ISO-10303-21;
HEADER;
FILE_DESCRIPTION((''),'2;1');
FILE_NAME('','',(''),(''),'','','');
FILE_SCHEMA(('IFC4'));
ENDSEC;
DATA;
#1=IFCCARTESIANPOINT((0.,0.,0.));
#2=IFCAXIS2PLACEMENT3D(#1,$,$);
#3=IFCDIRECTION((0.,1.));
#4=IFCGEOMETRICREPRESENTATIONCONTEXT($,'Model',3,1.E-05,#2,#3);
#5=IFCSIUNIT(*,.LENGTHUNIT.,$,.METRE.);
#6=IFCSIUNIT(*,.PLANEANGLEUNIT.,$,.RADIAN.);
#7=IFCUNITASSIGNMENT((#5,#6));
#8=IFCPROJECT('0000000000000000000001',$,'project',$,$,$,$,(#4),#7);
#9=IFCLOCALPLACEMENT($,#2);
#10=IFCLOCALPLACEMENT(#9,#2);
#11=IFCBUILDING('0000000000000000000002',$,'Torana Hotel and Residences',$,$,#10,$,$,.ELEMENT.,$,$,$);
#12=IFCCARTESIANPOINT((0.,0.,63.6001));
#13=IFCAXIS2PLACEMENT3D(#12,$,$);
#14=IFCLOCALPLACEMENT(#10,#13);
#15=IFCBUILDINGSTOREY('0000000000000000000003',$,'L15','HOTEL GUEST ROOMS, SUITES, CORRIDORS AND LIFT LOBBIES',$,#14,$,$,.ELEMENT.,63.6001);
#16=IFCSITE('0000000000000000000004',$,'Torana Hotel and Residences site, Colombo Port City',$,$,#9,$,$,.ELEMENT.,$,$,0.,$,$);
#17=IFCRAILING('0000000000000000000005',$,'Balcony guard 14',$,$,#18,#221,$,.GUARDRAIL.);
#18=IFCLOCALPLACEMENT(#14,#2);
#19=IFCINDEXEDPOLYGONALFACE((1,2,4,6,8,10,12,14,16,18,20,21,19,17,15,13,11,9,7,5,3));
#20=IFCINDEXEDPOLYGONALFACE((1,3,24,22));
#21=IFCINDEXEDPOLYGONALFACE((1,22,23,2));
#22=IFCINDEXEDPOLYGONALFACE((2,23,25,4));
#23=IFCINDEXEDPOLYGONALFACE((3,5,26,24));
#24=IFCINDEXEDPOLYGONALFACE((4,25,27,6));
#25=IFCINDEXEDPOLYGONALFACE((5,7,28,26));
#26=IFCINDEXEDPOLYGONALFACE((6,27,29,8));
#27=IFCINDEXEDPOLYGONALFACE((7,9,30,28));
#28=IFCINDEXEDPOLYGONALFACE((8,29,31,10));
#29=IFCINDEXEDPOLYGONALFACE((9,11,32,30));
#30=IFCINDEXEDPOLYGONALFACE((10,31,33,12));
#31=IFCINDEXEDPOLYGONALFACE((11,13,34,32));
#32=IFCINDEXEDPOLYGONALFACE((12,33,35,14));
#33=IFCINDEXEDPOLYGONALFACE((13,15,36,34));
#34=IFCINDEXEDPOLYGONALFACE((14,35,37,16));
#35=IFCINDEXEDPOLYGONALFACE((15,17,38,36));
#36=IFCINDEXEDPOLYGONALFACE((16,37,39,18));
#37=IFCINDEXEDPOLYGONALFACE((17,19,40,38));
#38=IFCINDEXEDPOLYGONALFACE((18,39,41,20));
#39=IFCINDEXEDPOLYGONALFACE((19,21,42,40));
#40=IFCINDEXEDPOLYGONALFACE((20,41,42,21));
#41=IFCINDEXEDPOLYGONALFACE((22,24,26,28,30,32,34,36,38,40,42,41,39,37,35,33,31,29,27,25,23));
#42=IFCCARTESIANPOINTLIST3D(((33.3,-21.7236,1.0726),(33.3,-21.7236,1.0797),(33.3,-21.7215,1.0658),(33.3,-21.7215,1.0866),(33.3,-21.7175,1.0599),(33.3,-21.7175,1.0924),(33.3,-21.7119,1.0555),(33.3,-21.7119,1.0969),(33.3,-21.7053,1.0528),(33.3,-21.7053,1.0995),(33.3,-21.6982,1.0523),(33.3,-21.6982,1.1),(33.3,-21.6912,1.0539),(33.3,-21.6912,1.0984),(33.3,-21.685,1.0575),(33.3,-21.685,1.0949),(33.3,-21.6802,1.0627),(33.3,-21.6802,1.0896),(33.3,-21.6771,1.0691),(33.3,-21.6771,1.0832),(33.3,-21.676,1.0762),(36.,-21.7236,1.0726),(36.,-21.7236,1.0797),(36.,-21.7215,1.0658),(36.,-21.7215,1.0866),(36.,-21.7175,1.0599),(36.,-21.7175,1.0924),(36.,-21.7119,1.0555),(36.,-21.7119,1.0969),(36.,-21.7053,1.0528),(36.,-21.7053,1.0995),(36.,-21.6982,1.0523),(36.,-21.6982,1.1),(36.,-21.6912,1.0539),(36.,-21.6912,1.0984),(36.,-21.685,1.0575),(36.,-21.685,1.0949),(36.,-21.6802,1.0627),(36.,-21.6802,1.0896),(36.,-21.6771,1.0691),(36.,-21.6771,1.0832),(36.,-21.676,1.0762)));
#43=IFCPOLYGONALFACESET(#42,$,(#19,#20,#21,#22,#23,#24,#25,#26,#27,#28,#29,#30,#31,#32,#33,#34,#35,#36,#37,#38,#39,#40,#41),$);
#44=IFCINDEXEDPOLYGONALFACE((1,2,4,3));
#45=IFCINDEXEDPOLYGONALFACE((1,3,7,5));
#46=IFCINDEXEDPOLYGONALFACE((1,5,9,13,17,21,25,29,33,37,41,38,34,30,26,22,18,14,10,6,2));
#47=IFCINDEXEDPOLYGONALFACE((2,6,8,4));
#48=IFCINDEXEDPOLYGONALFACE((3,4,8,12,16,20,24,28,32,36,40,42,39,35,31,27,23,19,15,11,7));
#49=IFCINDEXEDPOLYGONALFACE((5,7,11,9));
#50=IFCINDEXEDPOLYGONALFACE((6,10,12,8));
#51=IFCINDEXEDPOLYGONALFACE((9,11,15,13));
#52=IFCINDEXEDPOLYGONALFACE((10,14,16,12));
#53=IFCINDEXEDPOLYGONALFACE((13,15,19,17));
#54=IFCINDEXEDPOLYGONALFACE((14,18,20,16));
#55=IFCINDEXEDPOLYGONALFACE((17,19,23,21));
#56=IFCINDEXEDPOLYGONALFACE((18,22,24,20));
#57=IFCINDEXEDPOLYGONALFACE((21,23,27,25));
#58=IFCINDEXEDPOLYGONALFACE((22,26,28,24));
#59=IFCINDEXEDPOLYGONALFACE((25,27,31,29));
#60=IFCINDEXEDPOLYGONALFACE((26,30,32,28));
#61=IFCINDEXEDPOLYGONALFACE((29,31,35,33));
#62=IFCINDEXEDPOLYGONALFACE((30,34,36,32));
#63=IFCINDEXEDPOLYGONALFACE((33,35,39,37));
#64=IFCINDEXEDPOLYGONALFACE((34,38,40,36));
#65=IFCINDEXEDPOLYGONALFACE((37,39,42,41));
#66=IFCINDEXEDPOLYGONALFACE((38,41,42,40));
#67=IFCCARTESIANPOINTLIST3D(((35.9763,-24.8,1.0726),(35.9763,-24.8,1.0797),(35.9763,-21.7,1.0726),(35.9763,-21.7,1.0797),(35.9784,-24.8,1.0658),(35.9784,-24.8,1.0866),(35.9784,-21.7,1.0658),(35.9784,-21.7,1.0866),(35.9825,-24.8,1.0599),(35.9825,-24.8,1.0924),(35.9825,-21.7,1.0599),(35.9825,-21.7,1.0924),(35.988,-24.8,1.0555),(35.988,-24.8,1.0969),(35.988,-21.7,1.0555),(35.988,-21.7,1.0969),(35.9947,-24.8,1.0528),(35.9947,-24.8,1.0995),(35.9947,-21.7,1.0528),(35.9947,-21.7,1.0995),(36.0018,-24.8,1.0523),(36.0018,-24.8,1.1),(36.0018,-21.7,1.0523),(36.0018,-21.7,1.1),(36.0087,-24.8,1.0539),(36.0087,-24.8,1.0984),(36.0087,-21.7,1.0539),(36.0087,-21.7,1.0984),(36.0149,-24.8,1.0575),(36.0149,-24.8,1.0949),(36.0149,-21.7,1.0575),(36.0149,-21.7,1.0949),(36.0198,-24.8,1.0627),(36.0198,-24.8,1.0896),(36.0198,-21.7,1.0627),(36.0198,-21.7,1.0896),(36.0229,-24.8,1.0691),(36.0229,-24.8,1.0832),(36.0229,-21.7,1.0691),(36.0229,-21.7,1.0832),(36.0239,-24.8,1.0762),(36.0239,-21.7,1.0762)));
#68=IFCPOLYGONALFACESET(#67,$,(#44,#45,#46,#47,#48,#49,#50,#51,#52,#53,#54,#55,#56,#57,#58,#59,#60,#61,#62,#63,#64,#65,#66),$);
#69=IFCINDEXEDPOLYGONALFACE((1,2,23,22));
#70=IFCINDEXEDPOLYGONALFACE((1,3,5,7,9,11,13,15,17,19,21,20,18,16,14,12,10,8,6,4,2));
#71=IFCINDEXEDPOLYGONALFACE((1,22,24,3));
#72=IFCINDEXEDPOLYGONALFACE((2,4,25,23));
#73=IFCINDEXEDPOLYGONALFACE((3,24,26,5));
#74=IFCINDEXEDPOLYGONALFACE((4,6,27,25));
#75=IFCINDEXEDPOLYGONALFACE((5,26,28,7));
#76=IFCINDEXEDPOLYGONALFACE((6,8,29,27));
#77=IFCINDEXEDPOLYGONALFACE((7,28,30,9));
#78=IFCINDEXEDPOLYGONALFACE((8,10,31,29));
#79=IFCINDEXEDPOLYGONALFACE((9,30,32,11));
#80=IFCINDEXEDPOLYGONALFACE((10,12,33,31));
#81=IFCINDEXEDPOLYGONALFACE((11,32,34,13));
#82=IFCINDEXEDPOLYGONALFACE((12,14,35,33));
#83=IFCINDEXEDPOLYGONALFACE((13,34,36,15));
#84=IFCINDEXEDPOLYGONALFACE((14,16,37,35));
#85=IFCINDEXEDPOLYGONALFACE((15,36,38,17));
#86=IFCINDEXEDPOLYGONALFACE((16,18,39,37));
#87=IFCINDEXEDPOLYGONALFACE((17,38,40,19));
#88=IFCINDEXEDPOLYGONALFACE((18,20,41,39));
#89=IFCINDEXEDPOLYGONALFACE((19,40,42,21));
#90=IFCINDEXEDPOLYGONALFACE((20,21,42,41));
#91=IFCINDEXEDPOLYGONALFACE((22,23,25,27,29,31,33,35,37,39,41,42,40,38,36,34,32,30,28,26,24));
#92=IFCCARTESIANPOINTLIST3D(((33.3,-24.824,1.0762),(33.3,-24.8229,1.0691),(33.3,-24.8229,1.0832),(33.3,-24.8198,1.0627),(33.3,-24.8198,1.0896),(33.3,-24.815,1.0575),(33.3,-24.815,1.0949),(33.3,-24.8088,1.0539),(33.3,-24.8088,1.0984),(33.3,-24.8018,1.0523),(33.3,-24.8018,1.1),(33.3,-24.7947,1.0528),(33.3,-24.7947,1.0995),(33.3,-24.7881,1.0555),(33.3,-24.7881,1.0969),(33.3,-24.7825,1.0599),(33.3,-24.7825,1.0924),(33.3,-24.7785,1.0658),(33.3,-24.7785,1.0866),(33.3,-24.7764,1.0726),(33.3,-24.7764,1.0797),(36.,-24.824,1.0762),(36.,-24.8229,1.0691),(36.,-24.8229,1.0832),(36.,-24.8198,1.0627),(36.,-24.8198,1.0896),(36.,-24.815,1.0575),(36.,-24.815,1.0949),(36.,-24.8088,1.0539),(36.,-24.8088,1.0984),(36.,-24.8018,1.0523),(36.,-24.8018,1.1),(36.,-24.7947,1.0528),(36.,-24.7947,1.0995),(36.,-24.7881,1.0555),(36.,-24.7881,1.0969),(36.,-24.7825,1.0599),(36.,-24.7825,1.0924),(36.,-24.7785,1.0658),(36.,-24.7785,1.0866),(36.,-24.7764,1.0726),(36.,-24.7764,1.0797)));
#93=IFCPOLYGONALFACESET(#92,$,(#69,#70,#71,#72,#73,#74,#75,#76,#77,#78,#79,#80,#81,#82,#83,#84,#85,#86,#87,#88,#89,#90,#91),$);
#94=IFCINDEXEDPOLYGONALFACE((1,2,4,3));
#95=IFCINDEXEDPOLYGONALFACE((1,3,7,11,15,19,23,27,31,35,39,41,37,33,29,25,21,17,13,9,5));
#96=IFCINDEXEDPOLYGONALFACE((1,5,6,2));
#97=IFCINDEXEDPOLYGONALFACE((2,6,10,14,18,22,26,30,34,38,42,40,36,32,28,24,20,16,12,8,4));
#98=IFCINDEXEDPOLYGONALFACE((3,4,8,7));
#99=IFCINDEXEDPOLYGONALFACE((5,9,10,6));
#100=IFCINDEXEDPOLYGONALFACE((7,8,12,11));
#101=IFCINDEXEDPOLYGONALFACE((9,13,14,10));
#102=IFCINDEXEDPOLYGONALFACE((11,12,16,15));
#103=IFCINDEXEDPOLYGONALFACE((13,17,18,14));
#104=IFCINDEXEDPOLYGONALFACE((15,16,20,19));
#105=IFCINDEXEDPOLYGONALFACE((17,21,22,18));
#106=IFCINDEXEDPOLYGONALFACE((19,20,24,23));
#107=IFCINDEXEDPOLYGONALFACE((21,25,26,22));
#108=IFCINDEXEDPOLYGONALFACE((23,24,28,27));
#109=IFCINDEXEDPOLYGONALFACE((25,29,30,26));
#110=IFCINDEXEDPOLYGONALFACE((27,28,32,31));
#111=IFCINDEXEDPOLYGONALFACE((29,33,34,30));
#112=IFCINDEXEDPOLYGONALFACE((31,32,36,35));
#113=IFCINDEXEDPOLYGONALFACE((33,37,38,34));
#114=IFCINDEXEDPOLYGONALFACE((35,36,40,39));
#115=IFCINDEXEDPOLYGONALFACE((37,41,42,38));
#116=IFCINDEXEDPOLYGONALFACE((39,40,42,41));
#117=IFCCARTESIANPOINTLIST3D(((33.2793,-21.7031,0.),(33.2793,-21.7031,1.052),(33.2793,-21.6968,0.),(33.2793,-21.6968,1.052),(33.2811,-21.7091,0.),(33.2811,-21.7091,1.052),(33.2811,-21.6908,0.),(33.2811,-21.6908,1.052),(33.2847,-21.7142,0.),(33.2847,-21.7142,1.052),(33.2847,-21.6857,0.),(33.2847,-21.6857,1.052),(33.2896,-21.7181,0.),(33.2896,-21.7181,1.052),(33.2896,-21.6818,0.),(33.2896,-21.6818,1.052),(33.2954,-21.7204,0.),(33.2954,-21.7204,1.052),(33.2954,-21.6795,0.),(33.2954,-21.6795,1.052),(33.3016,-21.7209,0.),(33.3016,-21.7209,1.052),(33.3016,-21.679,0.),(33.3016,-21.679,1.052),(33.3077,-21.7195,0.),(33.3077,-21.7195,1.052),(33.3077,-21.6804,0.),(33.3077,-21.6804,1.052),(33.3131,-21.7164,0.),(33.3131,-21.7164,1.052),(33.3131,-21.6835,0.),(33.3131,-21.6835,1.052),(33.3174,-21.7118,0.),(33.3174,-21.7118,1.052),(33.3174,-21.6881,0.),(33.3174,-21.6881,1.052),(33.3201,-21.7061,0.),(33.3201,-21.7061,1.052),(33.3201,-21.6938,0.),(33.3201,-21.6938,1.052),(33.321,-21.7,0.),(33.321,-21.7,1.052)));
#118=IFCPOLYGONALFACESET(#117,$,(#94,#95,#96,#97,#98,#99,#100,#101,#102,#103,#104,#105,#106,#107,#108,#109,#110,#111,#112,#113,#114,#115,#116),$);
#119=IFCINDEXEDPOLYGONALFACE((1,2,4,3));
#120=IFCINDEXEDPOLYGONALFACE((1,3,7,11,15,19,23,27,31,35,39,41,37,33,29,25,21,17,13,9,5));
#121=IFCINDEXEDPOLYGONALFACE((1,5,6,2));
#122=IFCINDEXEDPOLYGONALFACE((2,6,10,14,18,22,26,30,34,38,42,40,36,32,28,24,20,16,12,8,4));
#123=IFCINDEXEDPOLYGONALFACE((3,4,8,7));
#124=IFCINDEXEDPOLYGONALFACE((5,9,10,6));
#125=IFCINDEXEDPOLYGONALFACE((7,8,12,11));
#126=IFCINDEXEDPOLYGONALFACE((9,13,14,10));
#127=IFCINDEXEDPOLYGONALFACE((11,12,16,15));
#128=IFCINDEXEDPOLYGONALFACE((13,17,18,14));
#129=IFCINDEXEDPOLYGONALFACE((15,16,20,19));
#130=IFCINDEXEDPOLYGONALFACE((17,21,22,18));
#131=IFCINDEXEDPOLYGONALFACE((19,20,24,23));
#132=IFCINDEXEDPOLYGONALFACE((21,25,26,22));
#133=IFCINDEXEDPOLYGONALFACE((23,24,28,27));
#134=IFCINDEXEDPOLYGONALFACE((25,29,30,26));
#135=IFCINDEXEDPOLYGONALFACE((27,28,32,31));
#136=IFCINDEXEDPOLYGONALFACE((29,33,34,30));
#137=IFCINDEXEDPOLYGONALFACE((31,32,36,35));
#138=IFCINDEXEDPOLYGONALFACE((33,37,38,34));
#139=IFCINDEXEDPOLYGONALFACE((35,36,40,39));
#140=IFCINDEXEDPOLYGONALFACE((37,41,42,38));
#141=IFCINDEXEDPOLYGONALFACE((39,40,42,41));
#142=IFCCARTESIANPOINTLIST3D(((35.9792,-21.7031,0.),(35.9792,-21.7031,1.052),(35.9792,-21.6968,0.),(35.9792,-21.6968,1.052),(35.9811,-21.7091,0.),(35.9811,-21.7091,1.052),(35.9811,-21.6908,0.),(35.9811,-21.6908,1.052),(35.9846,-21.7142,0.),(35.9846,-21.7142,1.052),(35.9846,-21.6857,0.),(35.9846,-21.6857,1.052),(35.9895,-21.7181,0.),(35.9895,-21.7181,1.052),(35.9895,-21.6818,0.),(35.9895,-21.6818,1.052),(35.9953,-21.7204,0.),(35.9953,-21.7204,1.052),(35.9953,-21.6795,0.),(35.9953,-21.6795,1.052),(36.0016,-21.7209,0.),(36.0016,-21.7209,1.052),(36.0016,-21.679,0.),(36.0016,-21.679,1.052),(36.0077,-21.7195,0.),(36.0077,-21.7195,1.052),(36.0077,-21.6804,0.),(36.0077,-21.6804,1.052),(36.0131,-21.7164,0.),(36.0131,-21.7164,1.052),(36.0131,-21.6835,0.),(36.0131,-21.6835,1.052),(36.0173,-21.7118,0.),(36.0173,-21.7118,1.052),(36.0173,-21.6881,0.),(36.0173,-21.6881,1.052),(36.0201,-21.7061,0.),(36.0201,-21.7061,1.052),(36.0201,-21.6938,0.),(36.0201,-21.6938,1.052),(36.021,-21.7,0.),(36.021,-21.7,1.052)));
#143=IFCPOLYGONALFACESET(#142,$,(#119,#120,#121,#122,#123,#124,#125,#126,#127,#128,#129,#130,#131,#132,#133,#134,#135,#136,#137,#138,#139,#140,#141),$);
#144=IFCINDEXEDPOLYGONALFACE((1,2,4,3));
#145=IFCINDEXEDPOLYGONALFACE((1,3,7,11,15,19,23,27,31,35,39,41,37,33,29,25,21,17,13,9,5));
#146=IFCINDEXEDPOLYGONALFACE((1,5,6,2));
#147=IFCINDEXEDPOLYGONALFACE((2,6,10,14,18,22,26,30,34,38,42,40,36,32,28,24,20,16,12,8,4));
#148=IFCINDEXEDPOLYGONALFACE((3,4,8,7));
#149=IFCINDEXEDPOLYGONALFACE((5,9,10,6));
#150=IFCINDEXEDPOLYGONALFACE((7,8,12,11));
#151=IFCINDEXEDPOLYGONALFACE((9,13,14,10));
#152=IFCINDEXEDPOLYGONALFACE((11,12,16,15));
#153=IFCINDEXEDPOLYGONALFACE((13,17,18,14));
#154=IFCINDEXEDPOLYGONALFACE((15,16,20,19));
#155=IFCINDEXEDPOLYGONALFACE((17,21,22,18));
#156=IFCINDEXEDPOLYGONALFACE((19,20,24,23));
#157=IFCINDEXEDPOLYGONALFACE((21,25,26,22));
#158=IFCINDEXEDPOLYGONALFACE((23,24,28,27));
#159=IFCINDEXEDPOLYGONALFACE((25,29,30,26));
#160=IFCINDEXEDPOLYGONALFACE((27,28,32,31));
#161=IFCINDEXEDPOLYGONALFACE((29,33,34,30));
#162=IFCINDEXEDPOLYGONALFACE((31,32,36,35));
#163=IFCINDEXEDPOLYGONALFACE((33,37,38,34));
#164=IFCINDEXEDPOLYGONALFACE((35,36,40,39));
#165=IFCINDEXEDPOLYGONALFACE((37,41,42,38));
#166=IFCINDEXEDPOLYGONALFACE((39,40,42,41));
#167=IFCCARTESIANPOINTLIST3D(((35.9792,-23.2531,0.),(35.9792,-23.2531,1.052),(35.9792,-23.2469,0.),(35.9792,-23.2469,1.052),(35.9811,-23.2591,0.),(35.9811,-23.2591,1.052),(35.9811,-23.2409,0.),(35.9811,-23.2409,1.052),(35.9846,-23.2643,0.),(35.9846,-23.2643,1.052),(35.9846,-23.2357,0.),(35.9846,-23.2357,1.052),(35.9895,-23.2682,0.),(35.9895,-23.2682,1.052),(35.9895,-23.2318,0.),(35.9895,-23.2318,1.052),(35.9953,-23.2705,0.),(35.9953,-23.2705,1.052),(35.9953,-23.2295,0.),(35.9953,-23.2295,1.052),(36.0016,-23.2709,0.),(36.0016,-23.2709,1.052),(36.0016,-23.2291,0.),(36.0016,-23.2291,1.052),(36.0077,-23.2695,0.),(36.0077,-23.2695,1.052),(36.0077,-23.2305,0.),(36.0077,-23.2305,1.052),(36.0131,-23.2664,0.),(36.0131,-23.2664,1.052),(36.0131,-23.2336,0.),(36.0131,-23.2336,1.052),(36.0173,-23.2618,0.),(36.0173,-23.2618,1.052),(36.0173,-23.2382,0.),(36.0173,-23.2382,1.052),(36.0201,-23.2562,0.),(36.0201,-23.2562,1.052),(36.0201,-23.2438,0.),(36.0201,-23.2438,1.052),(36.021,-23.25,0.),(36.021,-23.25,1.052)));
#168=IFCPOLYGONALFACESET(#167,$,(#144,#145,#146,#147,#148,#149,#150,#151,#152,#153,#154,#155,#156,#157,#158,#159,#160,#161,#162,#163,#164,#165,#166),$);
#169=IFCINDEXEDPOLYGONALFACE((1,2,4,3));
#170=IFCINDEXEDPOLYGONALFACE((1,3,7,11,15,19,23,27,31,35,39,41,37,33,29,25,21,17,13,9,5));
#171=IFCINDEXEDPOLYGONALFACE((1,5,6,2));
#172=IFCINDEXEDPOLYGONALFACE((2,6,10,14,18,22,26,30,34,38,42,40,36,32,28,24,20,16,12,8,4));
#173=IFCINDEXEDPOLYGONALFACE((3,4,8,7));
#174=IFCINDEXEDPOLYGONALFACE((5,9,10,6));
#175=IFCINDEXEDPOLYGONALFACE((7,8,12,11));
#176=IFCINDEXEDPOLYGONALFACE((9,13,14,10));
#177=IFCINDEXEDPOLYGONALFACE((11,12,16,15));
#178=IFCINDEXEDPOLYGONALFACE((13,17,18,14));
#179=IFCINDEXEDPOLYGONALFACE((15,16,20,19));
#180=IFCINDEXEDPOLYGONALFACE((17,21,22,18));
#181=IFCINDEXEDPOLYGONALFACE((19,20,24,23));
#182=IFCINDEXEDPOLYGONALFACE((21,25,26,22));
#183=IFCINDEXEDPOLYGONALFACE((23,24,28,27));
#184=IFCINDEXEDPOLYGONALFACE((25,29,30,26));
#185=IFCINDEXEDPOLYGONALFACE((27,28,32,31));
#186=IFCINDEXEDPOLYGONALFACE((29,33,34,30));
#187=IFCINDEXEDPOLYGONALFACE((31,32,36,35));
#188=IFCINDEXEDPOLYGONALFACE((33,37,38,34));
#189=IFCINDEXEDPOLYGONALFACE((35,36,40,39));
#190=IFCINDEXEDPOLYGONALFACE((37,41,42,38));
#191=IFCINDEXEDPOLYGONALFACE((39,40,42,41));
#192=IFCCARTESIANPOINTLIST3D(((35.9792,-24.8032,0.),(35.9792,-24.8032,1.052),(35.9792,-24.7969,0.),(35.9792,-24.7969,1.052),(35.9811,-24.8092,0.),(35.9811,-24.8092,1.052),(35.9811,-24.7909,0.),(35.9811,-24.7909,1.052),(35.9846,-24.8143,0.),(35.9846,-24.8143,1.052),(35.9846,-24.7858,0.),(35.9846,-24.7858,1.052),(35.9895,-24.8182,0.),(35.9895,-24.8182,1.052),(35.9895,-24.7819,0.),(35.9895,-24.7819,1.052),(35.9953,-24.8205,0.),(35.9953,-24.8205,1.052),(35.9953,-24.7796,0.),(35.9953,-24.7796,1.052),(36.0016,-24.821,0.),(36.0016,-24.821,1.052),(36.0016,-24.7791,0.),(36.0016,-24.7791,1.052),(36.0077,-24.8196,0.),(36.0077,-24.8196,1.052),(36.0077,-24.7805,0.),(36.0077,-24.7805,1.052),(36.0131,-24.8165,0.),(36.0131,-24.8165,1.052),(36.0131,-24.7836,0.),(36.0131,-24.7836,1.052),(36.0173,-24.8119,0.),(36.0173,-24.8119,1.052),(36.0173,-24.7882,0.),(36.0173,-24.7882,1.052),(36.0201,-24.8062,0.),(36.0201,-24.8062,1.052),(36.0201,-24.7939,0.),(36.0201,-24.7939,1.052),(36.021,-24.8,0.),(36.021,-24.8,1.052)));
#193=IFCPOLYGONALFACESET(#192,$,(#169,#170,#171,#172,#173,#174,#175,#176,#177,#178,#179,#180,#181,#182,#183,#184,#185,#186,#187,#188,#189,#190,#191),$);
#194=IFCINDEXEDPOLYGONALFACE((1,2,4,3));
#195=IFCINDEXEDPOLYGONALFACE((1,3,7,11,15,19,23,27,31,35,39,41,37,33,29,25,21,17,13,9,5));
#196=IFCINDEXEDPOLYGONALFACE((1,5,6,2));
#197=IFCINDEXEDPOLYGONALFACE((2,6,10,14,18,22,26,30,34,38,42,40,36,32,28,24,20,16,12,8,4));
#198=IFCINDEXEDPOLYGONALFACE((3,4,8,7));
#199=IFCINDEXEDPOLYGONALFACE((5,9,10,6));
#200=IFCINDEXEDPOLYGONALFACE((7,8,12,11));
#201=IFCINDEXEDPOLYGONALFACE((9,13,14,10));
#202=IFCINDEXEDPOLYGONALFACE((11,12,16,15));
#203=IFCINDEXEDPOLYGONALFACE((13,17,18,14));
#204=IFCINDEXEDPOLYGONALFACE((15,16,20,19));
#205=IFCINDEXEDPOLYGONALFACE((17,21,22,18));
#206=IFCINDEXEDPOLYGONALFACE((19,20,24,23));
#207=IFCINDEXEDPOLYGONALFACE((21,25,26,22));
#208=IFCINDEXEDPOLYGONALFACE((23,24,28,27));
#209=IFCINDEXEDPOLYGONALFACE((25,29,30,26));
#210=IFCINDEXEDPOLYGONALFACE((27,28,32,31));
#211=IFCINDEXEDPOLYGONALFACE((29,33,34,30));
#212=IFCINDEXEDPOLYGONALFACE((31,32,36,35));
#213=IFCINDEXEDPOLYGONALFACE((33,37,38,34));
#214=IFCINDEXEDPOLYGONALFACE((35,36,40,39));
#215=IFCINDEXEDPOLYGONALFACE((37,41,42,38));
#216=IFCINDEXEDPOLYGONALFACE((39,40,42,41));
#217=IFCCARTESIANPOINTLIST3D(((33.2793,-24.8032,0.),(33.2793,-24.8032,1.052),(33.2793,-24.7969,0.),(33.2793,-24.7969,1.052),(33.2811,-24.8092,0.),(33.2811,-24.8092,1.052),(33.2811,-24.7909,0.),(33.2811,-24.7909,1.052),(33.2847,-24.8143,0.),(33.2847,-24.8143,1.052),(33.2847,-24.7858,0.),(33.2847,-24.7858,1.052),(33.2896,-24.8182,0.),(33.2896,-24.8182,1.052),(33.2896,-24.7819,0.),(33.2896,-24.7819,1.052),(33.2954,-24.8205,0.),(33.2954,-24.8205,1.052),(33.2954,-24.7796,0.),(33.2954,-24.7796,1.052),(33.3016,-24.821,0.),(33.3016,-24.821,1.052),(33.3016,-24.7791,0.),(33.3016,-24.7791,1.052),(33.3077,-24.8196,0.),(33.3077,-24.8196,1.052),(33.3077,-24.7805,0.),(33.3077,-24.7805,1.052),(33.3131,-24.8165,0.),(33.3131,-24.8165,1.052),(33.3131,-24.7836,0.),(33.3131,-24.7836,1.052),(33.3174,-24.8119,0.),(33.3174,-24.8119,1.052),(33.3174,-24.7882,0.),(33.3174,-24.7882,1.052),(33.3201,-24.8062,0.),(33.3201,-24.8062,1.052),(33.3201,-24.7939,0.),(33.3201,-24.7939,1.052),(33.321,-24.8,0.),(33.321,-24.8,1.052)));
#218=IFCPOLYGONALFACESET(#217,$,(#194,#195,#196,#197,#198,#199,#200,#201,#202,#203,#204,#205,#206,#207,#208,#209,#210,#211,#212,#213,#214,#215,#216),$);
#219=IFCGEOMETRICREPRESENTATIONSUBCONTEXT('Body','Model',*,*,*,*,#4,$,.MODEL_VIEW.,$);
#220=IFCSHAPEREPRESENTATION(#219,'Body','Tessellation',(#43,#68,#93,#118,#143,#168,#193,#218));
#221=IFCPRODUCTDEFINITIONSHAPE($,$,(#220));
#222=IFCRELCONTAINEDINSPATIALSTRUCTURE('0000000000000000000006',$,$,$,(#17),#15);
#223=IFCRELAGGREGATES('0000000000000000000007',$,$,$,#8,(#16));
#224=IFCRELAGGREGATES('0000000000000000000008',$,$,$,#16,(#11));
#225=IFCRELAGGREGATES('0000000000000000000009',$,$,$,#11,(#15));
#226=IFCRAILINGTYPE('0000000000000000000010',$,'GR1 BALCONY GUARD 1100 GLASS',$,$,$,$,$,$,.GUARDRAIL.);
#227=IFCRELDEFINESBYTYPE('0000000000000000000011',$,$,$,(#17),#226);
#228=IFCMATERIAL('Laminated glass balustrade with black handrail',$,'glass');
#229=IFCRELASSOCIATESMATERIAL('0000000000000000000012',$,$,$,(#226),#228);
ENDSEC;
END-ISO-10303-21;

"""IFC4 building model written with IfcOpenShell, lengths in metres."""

from ifc_helpers import new_model, si_unit, direction, frame, origin, origin_2d, place, context, subcontext, project, spatial, circle, extrude, material, type_object, element, save


model = new_model("IFC4")

# Units and contexts
model_context = context("Model", 3, precision=1e-05, world=origin(), true_north=direction((0.0, 1.0)))
body_context = subcontext(model_context, "Body", "Model", "MODEL_VIEW")
ifc_project = project(units=[si_unit("LENGTHUNIT", "METRE"), si_unit("PLANEANGLEUNIT", "RADIAN")], contexts=[model_context])

# Site, building, storey
site_placement = place(None, origin())
site = spatial("IfcSite", under=ifc_project, at=site_placement, Name="Torana Hotel and Residences site, Colombo Port City", CompositionType="ELEMENT", RefElevation=0.0)
building_placement = place(site_placement, origin())
building = spatial("IfcBuilding", under=site, at=building_placement, Name="Torana Hotel and Residences", CompositionType="ELEMENT")
storey_placement = place(building_placement, frame((0.0, 0.0, 63.6001)))
storey = spatial("IfcBuildingStorey", under=building, at=storey_placement, Name="L15", Description="HOTEL GUEST ROOMS, SUITES, CORRIDORS AND LIFT LOBBIES", CompositionType="ELEMENT", Elevation=63.6001)

# Railing
ifc_material_1 = material(Name="Laminated glass balustrade with black handrail", Category="glass")
railing_type = type_object("IfcRailingType", Name="GR1 BALCONY GUARD 1100 GLASS", PredefinedType="GUARDRAIL", material=ifc_material_1)
railing_1_placement = place(storey_placement, frame((33.3, -21.7, 0.0)))
element("IfcRailing", 1, at=railing_1_placement, inside=storey, type_object=railing_type, Name="Balcony guard 14", PredefinedType="GUARDRAIL", context=body_context, shape_type="SweptSolid", body=[
    extrude(circle(Radius=0.0239, at=origin_2d()), frame((0.0, 0.0, 1.0762), z_axis=(1.0, 0.0, 0.0), x_axis=(0.0, 1.0, 0.0)), (0.0, 0.0, 1.0), 2.7),
    extrude(circle(Radius=0.0239, at=origin_2d()), frame((2.7, 0.0, 1.0762), z_axis=(0.0, -1.0, 0.0), x_axis=(1.0, 0.0, 0.0)), (0.0, 0.0, 1.0), 3.1001),
    extrude(circle(Radius=0.0239, at=origin_2d()), frame((2.7, -3.1001, 1.0762), z_axis=(-1.0, 0.0, 0.0), x_axis=(0.0, -1.0, 0.0)), (0.0, 0.0, 1.0), 2.7),
    extrude(circle(Radius=0.021, at=origin_2d()), origin(), (0.0, 0.0, 1.0), 1.052),
    extrude(circle(Radius=0.021, at=origin_2d()), frame((2.7, 0.0, 0.0)), (0.0, 0.0, 1.0), 1.052),
    extrude(circle(Radius=0.021, at=origin_2d()), frame((2.7, -1.55, 0.0)), (0.0, 0.0, 1.0), 1.052),
    extrude(circle(Radius=0.021, at=origin_2d()), frame((2.7, -3.1001, 0.0)), (0.0, 0.0, 1.0), 1.052),
    extrude(circle(Radius=0.021, at=origin_2d()), frame((0.0, -3.1001, 0.0)), (0.0, 0.0, 1.0), 1.052),
])

save(model, "model.ifc")
